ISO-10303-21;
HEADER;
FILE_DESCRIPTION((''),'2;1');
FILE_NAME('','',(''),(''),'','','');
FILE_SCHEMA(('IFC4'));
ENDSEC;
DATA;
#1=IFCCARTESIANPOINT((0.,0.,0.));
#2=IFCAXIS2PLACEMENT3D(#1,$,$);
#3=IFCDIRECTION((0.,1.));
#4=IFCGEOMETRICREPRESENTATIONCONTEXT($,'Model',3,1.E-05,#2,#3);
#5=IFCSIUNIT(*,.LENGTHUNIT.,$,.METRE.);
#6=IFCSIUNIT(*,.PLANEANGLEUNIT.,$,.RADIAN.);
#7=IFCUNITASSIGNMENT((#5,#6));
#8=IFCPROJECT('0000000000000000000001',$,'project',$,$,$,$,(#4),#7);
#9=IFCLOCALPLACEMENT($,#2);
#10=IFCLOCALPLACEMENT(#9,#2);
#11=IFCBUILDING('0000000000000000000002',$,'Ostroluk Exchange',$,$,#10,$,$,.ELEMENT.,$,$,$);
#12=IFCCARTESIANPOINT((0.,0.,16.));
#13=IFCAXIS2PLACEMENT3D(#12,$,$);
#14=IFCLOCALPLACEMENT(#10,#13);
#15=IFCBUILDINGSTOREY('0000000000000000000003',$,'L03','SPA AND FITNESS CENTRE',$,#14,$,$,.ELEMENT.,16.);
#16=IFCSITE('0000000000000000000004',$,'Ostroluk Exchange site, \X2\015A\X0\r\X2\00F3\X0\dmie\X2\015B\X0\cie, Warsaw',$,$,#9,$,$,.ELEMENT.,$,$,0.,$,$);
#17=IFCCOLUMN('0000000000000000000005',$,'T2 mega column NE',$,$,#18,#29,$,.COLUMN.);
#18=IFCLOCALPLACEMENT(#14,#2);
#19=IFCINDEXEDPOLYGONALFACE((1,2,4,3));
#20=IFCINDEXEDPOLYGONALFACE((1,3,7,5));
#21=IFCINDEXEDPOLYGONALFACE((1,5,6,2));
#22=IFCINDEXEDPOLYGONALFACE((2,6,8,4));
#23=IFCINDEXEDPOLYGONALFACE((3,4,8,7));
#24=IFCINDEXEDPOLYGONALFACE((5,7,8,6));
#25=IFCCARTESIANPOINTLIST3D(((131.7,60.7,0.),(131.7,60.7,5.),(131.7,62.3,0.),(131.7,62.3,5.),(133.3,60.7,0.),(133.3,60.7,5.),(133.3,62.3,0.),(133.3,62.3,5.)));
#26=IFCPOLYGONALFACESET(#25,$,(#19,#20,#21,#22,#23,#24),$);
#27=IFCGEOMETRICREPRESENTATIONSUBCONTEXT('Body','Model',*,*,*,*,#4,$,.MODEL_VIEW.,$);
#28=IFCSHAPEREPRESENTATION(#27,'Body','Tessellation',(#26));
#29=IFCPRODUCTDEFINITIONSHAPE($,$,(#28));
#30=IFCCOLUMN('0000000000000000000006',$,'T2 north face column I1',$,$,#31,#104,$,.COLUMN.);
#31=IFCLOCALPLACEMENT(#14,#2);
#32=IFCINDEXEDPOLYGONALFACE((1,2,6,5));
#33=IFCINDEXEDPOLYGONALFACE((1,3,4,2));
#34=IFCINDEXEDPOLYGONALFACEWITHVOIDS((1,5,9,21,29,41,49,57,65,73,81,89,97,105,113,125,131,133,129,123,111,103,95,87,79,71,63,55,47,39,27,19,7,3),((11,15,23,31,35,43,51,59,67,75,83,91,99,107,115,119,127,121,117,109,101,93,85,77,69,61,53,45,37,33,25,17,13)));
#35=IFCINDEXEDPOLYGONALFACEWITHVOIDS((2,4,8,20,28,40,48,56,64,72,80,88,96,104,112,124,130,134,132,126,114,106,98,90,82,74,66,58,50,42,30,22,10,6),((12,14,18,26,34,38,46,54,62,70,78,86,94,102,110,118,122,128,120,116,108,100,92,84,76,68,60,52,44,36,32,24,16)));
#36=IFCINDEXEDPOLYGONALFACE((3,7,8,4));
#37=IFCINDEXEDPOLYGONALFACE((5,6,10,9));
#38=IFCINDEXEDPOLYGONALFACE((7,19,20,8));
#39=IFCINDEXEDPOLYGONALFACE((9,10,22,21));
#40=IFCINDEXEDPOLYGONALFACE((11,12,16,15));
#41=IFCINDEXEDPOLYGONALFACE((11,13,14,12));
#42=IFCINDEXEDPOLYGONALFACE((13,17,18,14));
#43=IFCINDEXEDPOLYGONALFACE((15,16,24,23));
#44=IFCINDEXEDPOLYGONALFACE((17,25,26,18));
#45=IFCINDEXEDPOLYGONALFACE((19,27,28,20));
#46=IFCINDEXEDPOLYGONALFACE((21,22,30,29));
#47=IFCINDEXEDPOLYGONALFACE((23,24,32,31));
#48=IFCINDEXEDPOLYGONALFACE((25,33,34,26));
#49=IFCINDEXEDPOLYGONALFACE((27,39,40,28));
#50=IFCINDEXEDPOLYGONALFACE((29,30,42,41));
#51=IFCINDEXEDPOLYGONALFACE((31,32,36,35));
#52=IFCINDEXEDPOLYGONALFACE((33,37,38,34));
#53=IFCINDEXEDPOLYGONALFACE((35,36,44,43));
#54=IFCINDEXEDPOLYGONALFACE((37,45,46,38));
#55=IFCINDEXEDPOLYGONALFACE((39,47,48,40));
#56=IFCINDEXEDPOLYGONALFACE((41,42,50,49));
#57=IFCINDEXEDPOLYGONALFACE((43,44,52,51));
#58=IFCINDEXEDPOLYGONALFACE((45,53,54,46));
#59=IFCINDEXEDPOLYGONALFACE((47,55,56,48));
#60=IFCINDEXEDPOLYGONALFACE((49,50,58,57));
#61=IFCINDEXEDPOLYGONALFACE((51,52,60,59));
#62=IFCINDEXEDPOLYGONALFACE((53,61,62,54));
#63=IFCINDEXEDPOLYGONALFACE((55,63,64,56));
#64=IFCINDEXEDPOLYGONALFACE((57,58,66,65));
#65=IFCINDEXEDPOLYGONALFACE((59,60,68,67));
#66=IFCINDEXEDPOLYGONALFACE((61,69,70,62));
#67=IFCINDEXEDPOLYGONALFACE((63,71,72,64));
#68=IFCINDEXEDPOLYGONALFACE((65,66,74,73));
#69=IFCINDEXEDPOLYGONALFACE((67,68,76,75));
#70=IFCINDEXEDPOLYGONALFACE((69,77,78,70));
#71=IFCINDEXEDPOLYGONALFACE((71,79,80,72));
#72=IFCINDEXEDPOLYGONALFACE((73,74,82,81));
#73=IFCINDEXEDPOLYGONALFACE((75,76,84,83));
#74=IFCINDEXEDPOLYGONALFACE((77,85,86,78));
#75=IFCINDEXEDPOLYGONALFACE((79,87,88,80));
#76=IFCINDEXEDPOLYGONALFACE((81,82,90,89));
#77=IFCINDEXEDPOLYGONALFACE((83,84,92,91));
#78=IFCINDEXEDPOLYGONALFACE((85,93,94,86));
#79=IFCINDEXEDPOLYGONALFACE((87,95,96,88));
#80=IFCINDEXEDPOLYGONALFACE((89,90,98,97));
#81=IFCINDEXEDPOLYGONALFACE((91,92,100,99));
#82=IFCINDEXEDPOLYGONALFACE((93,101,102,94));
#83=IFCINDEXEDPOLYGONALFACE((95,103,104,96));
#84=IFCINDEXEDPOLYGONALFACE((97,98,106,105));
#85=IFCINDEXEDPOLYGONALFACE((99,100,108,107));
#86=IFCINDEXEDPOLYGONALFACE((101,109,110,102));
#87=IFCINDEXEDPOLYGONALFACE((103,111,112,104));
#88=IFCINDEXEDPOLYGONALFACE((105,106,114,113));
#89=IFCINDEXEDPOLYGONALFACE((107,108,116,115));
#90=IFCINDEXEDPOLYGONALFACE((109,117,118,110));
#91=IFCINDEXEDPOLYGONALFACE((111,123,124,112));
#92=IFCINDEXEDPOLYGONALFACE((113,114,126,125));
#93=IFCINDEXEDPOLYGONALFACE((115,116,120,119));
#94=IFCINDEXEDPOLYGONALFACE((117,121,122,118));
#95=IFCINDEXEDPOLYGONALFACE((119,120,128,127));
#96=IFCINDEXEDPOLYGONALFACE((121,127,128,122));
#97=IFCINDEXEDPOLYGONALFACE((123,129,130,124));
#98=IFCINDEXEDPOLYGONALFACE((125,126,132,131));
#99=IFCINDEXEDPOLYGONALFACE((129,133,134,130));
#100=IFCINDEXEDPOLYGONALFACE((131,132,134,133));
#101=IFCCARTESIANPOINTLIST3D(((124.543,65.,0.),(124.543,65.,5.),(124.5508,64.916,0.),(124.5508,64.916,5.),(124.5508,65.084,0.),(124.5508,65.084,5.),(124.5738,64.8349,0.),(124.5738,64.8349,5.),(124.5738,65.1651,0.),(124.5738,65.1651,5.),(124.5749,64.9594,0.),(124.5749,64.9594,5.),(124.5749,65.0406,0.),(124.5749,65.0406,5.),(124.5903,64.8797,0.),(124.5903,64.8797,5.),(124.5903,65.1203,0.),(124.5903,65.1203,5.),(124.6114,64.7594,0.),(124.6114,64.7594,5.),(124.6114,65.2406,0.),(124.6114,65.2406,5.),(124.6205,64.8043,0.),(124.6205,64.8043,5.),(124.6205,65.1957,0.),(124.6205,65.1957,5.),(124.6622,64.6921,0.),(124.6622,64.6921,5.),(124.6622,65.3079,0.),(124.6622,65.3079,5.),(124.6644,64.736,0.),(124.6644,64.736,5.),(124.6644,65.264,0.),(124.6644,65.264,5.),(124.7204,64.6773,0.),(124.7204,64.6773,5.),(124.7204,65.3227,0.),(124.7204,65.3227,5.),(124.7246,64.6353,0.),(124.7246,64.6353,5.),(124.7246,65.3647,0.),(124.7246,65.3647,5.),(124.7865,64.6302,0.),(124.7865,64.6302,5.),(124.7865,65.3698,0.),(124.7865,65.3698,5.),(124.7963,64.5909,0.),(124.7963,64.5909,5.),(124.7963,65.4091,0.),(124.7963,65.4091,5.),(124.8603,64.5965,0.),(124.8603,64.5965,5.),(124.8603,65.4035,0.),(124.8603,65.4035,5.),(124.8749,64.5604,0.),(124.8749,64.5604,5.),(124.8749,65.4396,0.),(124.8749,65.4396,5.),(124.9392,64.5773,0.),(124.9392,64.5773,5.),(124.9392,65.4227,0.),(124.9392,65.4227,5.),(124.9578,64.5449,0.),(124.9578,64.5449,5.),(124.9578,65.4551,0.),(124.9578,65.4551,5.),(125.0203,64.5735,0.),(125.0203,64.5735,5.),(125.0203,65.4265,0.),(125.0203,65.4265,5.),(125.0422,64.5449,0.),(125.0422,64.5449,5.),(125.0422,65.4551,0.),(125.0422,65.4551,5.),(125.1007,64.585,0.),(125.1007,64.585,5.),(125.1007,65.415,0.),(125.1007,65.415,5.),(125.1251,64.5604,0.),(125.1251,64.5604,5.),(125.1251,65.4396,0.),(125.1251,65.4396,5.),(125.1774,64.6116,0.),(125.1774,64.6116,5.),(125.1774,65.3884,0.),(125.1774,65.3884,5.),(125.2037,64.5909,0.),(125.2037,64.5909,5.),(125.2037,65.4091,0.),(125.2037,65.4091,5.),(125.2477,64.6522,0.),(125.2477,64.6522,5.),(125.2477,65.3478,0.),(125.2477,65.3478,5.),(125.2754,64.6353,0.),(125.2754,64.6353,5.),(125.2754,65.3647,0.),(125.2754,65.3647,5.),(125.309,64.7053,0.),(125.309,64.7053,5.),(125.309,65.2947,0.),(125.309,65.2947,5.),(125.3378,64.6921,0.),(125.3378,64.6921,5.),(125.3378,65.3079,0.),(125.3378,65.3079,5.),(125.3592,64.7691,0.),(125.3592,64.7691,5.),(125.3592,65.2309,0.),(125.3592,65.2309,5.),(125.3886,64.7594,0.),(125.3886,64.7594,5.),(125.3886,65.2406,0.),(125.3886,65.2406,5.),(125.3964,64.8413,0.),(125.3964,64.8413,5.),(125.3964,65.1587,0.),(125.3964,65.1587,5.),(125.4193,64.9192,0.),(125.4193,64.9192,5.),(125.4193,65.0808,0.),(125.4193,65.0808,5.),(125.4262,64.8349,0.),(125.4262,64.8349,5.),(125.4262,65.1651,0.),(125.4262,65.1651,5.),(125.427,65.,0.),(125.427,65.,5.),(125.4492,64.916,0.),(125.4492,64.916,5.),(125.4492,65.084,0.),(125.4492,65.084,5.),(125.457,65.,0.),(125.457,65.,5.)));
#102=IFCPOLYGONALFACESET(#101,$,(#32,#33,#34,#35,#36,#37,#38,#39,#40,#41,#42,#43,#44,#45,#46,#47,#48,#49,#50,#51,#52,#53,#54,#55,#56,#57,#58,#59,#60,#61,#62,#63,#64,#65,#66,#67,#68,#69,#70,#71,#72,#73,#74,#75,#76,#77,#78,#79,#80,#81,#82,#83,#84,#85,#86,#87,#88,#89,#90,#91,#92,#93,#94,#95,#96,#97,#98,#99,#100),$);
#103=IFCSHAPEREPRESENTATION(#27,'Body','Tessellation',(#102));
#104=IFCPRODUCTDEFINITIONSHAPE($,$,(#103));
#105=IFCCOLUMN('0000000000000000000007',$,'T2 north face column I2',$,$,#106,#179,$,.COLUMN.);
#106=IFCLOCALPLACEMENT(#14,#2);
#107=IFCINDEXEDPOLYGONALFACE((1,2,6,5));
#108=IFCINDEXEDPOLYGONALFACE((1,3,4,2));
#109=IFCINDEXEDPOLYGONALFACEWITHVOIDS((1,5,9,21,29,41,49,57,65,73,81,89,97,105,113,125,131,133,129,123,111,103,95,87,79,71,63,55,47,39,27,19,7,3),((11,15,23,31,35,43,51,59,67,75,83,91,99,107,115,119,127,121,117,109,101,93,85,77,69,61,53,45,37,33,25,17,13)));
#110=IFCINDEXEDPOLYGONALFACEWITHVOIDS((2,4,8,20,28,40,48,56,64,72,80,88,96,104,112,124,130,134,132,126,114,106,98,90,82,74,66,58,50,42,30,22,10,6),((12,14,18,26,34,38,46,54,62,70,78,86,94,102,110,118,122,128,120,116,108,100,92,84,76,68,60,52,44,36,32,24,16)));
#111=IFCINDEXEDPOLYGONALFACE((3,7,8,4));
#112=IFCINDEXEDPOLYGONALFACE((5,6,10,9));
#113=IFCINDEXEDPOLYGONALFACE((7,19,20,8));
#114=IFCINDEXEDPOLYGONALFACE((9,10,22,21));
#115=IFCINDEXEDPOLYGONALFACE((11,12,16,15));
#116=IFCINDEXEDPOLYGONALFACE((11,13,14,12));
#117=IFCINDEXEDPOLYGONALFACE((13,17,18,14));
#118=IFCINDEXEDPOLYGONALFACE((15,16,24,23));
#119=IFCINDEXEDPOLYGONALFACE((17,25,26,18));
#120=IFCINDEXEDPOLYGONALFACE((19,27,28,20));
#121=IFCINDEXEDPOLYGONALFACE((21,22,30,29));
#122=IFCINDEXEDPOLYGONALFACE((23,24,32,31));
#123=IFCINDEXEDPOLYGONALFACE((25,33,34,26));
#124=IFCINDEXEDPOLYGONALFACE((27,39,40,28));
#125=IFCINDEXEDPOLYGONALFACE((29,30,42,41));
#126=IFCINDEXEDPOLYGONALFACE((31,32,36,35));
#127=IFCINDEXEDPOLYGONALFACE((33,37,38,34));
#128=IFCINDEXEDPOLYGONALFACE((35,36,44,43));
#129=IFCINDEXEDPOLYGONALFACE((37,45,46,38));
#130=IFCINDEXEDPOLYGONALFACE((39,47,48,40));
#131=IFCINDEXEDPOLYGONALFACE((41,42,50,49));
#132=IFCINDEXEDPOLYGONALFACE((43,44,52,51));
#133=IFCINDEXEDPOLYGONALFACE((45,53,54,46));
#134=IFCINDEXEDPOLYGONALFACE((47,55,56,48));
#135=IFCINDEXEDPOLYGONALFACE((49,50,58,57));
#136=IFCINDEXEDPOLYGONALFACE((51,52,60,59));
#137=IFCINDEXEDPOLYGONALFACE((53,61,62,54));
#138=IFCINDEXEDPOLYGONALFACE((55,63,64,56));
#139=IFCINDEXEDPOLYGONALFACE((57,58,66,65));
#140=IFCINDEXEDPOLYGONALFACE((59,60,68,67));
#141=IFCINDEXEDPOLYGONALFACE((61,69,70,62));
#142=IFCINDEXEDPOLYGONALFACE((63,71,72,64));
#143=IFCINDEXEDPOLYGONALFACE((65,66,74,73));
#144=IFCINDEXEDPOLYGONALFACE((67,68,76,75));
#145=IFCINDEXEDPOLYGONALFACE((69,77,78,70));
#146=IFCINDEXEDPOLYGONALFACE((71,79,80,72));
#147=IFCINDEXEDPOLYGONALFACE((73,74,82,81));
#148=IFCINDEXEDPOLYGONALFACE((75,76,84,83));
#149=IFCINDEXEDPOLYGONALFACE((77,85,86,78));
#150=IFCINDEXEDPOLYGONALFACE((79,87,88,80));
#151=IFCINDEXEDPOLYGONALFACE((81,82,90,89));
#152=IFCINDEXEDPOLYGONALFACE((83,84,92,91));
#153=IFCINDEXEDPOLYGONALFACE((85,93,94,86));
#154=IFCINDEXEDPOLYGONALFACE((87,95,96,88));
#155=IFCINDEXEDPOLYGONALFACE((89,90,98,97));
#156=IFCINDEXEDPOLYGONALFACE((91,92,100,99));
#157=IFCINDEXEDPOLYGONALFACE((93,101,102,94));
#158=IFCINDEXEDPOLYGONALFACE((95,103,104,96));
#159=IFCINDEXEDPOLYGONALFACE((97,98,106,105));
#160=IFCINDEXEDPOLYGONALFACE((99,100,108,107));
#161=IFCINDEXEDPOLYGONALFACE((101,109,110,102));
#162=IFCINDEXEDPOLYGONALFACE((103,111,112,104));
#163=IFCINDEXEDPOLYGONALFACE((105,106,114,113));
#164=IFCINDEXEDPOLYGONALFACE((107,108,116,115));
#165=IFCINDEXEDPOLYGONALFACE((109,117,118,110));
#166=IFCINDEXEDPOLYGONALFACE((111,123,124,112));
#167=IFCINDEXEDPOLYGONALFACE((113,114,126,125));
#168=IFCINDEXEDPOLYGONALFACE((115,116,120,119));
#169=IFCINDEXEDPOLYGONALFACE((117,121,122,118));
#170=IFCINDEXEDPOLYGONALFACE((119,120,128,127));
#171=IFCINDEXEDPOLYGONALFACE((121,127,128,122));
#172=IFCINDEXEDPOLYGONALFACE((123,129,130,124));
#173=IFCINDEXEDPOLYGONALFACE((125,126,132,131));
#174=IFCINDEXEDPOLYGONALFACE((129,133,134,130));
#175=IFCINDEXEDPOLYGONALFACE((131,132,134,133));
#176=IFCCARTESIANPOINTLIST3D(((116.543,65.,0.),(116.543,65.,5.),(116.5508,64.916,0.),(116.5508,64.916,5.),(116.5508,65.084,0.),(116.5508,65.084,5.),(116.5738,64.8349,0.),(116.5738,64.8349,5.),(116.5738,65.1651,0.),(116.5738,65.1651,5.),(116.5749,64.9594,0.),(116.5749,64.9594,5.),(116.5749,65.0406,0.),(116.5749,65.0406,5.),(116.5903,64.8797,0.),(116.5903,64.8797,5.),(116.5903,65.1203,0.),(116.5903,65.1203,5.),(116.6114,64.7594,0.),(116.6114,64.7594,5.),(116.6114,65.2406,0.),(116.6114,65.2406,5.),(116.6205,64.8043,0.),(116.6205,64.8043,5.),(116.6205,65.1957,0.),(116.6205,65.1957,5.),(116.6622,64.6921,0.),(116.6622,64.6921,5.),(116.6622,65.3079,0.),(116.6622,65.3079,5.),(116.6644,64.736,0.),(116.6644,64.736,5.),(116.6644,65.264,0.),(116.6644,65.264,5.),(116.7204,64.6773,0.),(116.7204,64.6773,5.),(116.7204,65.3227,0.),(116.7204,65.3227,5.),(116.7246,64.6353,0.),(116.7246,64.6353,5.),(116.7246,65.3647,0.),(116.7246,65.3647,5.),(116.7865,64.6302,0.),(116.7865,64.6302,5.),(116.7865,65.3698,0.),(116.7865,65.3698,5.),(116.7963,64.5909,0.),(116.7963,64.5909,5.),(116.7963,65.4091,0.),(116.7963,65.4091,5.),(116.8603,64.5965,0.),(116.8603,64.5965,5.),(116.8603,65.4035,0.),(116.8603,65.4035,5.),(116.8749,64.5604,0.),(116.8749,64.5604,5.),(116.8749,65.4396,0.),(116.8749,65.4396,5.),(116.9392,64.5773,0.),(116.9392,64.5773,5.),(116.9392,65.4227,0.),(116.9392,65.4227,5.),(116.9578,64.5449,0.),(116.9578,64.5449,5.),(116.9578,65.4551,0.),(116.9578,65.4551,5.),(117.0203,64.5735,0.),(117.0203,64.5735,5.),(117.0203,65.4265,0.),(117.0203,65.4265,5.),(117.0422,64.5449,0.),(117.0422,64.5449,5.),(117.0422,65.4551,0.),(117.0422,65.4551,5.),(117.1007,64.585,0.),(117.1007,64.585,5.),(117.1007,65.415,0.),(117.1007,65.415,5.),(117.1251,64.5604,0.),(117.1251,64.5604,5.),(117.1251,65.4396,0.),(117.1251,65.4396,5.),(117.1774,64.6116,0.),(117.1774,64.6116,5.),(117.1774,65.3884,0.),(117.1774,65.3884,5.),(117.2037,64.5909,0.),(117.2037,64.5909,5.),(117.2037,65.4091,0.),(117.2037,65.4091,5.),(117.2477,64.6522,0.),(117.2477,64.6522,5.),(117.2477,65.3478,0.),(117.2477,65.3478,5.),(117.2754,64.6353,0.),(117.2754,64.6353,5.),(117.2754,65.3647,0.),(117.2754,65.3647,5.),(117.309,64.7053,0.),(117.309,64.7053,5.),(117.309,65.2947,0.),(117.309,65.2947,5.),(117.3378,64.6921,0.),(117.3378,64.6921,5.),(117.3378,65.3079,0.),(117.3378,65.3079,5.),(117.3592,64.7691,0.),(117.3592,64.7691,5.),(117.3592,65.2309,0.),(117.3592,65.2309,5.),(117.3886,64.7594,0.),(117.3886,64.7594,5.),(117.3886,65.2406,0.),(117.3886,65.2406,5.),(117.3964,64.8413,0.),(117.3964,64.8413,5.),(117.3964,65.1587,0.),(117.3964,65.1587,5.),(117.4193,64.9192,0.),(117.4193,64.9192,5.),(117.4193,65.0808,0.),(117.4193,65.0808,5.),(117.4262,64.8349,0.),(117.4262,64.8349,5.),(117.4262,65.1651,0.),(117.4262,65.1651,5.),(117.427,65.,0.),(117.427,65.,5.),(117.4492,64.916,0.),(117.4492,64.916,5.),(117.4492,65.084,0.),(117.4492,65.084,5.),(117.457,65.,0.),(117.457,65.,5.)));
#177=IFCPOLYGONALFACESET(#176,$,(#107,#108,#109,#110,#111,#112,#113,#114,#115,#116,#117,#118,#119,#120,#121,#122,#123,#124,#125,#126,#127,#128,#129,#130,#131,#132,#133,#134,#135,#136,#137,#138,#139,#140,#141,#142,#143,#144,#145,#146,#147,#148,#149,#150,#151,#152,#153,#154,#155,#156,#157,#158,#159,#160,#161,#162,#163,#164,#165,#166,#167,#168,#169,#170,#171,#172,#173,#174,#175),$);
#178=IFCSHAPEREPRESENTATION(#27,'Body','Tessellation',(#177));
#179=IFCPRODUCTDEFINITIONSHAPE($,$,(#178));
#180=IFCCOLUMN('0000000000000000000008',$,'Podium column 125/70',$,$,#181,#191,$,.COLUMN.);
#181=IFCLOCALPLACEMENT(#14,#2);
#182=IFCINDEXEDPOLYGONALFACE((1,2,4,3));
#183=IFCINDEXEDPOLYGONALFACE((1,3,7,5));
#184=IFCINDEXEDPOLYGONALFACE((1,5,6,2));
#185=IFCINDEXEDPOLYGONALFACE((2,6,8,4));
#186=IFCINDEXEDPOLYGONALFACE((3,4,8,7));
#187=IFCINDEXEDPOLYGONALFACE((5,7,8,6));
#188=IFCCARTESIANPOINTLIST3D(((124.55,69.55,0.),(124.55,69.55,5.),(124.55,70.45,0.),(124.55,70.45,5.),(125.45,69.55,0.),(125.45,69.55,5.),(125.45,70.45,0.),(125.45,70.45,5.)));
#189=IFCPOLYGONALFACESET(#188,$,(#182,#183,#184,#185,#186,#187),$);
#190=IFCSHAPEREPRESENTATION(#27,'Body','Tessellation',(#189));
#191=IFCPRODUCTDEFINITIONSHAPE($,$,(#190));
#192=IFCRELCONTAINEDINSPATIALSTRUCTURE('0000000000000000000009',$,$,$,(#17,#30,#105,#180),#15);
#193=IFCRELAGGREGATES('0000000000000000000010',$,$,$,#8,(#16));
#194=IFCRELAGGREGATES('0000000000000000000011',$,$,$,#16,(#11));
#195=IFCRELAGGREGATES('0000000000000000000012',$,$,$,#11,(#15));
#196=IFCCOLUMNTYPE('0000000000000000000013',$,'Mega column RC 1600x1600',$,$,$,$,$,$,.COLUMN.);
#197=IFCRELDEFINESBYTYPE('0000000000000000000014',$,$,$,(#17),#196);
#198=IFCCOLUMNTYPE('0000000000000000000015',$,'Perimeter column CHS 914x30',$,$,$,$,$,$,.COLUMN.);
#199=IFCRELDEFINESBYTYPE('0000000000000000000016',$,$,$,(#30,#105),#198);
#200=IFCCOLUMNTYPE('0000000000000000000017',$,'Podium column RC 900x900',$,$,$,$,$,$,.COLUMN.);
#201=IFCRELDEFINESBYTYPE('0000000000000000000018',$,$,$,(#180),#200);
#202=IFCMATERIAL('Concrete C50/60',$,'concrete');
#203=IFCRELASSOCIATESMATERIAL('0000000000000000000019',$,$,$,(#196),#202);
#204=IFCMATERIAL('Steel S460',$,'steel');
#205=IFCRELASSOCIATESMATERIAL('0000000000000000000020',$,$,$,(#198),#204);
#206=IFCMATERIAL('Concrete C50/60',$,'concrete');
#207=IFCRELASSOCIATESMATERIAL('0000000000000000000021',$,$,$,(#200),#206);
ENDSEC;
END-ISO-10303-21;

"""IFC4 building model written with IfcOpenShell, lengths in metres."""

from ifc_helpers import new_model, si_unit, direction, frame, origin, origin_2d, place, context, subcontext, project, spatial, rectangle, hollow_circle, extrude, material, material_profile, profile_set, type_object, element, save


model = new_model("IFC4")

# Units and contexts
model_context = context("Model", 3, precision=1e-05, world=origin(), true_north=direction((0.0, 1.0)))
body_context = subcontext(model_context, "Body", "Model", "MODEL_VIEW")
ifc_project = project(units=[si_unit("LENGTHUNIT", "METRE"), si_unit("PLANEANGLEUNIT", "RADIAN")], contexts=[model_context])

# Site, building, storey
site_placement = place(None, origin())
site = spatial("IfcSite", under=ifc_project, at=site_placement, Name="Ostroluk Exchange site, Śródmieście, Warsaw", CompositionType="ELEMENT", RefElevation=0.0)
building_placement = place(site_placement, origin())
building = spatial("IfcBuilding", under=site, at=building_placement, Name="Ostroluk Exchange", CompositionType="ELEMENT")
storey_placement = place(building_placement, frame((0.0, 0.0, 16.0)))
storey = spatial("IfcBuildingStorey", under=building, at=storey_placement, Name="L03", Description="SPA AND FITNESS CENTRE", CompositionType="ELEMENT", Elevation=16.0)

# Columns
ifc_material_1 = material(Name="Concrete C50/60", Category="concrete")
ifc_material_profile_1 = material_profile(ifc_material_1, rectangle(XDim=1.6001, YDim=1.6001, at=origin_2d()), Name="RC 1600x1600")
ifc_profile_set_1 = profile_set([ifc_material_profile_1], Name="Concrete C50/60")
column_type_1 = type_object("IfcColumnType", Name="Mega column RC 1600x1600", PredefinedType="COLUMN", material=ifc_profile_set_1)
column_1_placement = place(storey_placement, frame((132.5, 61.5, 0.0), z_axis=(0.0, 0.0, 1.0), x_axis=(1.0, 0.0, 0.0)))
element("IfcColumn", 1, at=column_1_placement, inside=storey, type_object=column_type_1, Name="T2 mega column NE", PredefinedType="COLUMN", context=body_context, shape_type="SweptSolid", body=[
    extrude(rectangle(XDim=1.6001, YDim=1.6001, at=origin_2d()), origin(), (0.0, 0.0, 1.0), 5.0),
])
ifc_material_2 = material(Name="Steel S460", Category="steel")
ifc_material_profile_2 = material_profile(ifc_material_2, hollow_circle(Radius=0.457, WallThickness=0.03, at=origin_2d()), Name="CHS 914x30")
ifc_profile_set_2 = profile_set([ifc_material_profile_2], Name="Steel S460")
column_type_2 = type_object("IfcColumnType", Name="Perimeter column CHS 914x30", PredefinedType="COLUMN", material=ifc_profile_set_2)
for number, where, z_axis, x_axis, name in (
    (2, (125.0, 65.0, 0.0), (0.0, 0.0, 1.0), (1.0, 0.0, 0.0), "T2 north face column I1"),
    (3, (117.0, 65.0, 0.0), (0.0, 0.0, 1.0), (1.0, 0.0, 0.0), "T2 north face column I2"),
):
    element("IfcColumn", number, at=place(storey_placement, frame(where, z_axis=z_axis, x_axis=x_axis)), inside=storey, type_object=column_type_2, Name=name, PredefinedType="COLUMN", context=body_context, shape_type="SweptSolid", body=[
        extrude(hollow_circle(Radius=0.457, WallThickness=0.03, at=origin_2d()), origin(), (0.0, 0.0, 1.0), 5.0),
    ])
ifc_material_3 = material(Name="Concrete C50/60", Category="concrete")
ifc_material_profile_3 = material_profile(ifc_material_3, rectangle(XDim=0.8999, YDim=0.8999, at=origin_2d()), Name="RC 900x900")
ifc_profile_set_3 = profile_set([ifc_material_profile_3], Name="Concrete C50/60")
column_type_3 = type_object("IfcColumnType", Name="Podium column RC 900x900", PredefinedType="COLUMN", material=ifc_profile_set_3)
column_2_placement = place(storey_placement, frame((125.0, 70.0, 0.0), z_axis=(0.0, 0.0, 1.0), x_axis=(1.0, 0.0, 0.0)))
element("IfcColumn", 4, at=column_2_placement, inside=storey, type_object=column_type_3, Name="Podium column 125/70", PredefinedType="COLUMN", context=body_context, shape_type="SweptSolid", body=[
    extrude(rectangle(XDim=0.8999, YDim=0.8999, at=origin_2d()), origin(), (0.0, 0.0, 1.0), 5.0),
])

save(model, "model.ifc")
